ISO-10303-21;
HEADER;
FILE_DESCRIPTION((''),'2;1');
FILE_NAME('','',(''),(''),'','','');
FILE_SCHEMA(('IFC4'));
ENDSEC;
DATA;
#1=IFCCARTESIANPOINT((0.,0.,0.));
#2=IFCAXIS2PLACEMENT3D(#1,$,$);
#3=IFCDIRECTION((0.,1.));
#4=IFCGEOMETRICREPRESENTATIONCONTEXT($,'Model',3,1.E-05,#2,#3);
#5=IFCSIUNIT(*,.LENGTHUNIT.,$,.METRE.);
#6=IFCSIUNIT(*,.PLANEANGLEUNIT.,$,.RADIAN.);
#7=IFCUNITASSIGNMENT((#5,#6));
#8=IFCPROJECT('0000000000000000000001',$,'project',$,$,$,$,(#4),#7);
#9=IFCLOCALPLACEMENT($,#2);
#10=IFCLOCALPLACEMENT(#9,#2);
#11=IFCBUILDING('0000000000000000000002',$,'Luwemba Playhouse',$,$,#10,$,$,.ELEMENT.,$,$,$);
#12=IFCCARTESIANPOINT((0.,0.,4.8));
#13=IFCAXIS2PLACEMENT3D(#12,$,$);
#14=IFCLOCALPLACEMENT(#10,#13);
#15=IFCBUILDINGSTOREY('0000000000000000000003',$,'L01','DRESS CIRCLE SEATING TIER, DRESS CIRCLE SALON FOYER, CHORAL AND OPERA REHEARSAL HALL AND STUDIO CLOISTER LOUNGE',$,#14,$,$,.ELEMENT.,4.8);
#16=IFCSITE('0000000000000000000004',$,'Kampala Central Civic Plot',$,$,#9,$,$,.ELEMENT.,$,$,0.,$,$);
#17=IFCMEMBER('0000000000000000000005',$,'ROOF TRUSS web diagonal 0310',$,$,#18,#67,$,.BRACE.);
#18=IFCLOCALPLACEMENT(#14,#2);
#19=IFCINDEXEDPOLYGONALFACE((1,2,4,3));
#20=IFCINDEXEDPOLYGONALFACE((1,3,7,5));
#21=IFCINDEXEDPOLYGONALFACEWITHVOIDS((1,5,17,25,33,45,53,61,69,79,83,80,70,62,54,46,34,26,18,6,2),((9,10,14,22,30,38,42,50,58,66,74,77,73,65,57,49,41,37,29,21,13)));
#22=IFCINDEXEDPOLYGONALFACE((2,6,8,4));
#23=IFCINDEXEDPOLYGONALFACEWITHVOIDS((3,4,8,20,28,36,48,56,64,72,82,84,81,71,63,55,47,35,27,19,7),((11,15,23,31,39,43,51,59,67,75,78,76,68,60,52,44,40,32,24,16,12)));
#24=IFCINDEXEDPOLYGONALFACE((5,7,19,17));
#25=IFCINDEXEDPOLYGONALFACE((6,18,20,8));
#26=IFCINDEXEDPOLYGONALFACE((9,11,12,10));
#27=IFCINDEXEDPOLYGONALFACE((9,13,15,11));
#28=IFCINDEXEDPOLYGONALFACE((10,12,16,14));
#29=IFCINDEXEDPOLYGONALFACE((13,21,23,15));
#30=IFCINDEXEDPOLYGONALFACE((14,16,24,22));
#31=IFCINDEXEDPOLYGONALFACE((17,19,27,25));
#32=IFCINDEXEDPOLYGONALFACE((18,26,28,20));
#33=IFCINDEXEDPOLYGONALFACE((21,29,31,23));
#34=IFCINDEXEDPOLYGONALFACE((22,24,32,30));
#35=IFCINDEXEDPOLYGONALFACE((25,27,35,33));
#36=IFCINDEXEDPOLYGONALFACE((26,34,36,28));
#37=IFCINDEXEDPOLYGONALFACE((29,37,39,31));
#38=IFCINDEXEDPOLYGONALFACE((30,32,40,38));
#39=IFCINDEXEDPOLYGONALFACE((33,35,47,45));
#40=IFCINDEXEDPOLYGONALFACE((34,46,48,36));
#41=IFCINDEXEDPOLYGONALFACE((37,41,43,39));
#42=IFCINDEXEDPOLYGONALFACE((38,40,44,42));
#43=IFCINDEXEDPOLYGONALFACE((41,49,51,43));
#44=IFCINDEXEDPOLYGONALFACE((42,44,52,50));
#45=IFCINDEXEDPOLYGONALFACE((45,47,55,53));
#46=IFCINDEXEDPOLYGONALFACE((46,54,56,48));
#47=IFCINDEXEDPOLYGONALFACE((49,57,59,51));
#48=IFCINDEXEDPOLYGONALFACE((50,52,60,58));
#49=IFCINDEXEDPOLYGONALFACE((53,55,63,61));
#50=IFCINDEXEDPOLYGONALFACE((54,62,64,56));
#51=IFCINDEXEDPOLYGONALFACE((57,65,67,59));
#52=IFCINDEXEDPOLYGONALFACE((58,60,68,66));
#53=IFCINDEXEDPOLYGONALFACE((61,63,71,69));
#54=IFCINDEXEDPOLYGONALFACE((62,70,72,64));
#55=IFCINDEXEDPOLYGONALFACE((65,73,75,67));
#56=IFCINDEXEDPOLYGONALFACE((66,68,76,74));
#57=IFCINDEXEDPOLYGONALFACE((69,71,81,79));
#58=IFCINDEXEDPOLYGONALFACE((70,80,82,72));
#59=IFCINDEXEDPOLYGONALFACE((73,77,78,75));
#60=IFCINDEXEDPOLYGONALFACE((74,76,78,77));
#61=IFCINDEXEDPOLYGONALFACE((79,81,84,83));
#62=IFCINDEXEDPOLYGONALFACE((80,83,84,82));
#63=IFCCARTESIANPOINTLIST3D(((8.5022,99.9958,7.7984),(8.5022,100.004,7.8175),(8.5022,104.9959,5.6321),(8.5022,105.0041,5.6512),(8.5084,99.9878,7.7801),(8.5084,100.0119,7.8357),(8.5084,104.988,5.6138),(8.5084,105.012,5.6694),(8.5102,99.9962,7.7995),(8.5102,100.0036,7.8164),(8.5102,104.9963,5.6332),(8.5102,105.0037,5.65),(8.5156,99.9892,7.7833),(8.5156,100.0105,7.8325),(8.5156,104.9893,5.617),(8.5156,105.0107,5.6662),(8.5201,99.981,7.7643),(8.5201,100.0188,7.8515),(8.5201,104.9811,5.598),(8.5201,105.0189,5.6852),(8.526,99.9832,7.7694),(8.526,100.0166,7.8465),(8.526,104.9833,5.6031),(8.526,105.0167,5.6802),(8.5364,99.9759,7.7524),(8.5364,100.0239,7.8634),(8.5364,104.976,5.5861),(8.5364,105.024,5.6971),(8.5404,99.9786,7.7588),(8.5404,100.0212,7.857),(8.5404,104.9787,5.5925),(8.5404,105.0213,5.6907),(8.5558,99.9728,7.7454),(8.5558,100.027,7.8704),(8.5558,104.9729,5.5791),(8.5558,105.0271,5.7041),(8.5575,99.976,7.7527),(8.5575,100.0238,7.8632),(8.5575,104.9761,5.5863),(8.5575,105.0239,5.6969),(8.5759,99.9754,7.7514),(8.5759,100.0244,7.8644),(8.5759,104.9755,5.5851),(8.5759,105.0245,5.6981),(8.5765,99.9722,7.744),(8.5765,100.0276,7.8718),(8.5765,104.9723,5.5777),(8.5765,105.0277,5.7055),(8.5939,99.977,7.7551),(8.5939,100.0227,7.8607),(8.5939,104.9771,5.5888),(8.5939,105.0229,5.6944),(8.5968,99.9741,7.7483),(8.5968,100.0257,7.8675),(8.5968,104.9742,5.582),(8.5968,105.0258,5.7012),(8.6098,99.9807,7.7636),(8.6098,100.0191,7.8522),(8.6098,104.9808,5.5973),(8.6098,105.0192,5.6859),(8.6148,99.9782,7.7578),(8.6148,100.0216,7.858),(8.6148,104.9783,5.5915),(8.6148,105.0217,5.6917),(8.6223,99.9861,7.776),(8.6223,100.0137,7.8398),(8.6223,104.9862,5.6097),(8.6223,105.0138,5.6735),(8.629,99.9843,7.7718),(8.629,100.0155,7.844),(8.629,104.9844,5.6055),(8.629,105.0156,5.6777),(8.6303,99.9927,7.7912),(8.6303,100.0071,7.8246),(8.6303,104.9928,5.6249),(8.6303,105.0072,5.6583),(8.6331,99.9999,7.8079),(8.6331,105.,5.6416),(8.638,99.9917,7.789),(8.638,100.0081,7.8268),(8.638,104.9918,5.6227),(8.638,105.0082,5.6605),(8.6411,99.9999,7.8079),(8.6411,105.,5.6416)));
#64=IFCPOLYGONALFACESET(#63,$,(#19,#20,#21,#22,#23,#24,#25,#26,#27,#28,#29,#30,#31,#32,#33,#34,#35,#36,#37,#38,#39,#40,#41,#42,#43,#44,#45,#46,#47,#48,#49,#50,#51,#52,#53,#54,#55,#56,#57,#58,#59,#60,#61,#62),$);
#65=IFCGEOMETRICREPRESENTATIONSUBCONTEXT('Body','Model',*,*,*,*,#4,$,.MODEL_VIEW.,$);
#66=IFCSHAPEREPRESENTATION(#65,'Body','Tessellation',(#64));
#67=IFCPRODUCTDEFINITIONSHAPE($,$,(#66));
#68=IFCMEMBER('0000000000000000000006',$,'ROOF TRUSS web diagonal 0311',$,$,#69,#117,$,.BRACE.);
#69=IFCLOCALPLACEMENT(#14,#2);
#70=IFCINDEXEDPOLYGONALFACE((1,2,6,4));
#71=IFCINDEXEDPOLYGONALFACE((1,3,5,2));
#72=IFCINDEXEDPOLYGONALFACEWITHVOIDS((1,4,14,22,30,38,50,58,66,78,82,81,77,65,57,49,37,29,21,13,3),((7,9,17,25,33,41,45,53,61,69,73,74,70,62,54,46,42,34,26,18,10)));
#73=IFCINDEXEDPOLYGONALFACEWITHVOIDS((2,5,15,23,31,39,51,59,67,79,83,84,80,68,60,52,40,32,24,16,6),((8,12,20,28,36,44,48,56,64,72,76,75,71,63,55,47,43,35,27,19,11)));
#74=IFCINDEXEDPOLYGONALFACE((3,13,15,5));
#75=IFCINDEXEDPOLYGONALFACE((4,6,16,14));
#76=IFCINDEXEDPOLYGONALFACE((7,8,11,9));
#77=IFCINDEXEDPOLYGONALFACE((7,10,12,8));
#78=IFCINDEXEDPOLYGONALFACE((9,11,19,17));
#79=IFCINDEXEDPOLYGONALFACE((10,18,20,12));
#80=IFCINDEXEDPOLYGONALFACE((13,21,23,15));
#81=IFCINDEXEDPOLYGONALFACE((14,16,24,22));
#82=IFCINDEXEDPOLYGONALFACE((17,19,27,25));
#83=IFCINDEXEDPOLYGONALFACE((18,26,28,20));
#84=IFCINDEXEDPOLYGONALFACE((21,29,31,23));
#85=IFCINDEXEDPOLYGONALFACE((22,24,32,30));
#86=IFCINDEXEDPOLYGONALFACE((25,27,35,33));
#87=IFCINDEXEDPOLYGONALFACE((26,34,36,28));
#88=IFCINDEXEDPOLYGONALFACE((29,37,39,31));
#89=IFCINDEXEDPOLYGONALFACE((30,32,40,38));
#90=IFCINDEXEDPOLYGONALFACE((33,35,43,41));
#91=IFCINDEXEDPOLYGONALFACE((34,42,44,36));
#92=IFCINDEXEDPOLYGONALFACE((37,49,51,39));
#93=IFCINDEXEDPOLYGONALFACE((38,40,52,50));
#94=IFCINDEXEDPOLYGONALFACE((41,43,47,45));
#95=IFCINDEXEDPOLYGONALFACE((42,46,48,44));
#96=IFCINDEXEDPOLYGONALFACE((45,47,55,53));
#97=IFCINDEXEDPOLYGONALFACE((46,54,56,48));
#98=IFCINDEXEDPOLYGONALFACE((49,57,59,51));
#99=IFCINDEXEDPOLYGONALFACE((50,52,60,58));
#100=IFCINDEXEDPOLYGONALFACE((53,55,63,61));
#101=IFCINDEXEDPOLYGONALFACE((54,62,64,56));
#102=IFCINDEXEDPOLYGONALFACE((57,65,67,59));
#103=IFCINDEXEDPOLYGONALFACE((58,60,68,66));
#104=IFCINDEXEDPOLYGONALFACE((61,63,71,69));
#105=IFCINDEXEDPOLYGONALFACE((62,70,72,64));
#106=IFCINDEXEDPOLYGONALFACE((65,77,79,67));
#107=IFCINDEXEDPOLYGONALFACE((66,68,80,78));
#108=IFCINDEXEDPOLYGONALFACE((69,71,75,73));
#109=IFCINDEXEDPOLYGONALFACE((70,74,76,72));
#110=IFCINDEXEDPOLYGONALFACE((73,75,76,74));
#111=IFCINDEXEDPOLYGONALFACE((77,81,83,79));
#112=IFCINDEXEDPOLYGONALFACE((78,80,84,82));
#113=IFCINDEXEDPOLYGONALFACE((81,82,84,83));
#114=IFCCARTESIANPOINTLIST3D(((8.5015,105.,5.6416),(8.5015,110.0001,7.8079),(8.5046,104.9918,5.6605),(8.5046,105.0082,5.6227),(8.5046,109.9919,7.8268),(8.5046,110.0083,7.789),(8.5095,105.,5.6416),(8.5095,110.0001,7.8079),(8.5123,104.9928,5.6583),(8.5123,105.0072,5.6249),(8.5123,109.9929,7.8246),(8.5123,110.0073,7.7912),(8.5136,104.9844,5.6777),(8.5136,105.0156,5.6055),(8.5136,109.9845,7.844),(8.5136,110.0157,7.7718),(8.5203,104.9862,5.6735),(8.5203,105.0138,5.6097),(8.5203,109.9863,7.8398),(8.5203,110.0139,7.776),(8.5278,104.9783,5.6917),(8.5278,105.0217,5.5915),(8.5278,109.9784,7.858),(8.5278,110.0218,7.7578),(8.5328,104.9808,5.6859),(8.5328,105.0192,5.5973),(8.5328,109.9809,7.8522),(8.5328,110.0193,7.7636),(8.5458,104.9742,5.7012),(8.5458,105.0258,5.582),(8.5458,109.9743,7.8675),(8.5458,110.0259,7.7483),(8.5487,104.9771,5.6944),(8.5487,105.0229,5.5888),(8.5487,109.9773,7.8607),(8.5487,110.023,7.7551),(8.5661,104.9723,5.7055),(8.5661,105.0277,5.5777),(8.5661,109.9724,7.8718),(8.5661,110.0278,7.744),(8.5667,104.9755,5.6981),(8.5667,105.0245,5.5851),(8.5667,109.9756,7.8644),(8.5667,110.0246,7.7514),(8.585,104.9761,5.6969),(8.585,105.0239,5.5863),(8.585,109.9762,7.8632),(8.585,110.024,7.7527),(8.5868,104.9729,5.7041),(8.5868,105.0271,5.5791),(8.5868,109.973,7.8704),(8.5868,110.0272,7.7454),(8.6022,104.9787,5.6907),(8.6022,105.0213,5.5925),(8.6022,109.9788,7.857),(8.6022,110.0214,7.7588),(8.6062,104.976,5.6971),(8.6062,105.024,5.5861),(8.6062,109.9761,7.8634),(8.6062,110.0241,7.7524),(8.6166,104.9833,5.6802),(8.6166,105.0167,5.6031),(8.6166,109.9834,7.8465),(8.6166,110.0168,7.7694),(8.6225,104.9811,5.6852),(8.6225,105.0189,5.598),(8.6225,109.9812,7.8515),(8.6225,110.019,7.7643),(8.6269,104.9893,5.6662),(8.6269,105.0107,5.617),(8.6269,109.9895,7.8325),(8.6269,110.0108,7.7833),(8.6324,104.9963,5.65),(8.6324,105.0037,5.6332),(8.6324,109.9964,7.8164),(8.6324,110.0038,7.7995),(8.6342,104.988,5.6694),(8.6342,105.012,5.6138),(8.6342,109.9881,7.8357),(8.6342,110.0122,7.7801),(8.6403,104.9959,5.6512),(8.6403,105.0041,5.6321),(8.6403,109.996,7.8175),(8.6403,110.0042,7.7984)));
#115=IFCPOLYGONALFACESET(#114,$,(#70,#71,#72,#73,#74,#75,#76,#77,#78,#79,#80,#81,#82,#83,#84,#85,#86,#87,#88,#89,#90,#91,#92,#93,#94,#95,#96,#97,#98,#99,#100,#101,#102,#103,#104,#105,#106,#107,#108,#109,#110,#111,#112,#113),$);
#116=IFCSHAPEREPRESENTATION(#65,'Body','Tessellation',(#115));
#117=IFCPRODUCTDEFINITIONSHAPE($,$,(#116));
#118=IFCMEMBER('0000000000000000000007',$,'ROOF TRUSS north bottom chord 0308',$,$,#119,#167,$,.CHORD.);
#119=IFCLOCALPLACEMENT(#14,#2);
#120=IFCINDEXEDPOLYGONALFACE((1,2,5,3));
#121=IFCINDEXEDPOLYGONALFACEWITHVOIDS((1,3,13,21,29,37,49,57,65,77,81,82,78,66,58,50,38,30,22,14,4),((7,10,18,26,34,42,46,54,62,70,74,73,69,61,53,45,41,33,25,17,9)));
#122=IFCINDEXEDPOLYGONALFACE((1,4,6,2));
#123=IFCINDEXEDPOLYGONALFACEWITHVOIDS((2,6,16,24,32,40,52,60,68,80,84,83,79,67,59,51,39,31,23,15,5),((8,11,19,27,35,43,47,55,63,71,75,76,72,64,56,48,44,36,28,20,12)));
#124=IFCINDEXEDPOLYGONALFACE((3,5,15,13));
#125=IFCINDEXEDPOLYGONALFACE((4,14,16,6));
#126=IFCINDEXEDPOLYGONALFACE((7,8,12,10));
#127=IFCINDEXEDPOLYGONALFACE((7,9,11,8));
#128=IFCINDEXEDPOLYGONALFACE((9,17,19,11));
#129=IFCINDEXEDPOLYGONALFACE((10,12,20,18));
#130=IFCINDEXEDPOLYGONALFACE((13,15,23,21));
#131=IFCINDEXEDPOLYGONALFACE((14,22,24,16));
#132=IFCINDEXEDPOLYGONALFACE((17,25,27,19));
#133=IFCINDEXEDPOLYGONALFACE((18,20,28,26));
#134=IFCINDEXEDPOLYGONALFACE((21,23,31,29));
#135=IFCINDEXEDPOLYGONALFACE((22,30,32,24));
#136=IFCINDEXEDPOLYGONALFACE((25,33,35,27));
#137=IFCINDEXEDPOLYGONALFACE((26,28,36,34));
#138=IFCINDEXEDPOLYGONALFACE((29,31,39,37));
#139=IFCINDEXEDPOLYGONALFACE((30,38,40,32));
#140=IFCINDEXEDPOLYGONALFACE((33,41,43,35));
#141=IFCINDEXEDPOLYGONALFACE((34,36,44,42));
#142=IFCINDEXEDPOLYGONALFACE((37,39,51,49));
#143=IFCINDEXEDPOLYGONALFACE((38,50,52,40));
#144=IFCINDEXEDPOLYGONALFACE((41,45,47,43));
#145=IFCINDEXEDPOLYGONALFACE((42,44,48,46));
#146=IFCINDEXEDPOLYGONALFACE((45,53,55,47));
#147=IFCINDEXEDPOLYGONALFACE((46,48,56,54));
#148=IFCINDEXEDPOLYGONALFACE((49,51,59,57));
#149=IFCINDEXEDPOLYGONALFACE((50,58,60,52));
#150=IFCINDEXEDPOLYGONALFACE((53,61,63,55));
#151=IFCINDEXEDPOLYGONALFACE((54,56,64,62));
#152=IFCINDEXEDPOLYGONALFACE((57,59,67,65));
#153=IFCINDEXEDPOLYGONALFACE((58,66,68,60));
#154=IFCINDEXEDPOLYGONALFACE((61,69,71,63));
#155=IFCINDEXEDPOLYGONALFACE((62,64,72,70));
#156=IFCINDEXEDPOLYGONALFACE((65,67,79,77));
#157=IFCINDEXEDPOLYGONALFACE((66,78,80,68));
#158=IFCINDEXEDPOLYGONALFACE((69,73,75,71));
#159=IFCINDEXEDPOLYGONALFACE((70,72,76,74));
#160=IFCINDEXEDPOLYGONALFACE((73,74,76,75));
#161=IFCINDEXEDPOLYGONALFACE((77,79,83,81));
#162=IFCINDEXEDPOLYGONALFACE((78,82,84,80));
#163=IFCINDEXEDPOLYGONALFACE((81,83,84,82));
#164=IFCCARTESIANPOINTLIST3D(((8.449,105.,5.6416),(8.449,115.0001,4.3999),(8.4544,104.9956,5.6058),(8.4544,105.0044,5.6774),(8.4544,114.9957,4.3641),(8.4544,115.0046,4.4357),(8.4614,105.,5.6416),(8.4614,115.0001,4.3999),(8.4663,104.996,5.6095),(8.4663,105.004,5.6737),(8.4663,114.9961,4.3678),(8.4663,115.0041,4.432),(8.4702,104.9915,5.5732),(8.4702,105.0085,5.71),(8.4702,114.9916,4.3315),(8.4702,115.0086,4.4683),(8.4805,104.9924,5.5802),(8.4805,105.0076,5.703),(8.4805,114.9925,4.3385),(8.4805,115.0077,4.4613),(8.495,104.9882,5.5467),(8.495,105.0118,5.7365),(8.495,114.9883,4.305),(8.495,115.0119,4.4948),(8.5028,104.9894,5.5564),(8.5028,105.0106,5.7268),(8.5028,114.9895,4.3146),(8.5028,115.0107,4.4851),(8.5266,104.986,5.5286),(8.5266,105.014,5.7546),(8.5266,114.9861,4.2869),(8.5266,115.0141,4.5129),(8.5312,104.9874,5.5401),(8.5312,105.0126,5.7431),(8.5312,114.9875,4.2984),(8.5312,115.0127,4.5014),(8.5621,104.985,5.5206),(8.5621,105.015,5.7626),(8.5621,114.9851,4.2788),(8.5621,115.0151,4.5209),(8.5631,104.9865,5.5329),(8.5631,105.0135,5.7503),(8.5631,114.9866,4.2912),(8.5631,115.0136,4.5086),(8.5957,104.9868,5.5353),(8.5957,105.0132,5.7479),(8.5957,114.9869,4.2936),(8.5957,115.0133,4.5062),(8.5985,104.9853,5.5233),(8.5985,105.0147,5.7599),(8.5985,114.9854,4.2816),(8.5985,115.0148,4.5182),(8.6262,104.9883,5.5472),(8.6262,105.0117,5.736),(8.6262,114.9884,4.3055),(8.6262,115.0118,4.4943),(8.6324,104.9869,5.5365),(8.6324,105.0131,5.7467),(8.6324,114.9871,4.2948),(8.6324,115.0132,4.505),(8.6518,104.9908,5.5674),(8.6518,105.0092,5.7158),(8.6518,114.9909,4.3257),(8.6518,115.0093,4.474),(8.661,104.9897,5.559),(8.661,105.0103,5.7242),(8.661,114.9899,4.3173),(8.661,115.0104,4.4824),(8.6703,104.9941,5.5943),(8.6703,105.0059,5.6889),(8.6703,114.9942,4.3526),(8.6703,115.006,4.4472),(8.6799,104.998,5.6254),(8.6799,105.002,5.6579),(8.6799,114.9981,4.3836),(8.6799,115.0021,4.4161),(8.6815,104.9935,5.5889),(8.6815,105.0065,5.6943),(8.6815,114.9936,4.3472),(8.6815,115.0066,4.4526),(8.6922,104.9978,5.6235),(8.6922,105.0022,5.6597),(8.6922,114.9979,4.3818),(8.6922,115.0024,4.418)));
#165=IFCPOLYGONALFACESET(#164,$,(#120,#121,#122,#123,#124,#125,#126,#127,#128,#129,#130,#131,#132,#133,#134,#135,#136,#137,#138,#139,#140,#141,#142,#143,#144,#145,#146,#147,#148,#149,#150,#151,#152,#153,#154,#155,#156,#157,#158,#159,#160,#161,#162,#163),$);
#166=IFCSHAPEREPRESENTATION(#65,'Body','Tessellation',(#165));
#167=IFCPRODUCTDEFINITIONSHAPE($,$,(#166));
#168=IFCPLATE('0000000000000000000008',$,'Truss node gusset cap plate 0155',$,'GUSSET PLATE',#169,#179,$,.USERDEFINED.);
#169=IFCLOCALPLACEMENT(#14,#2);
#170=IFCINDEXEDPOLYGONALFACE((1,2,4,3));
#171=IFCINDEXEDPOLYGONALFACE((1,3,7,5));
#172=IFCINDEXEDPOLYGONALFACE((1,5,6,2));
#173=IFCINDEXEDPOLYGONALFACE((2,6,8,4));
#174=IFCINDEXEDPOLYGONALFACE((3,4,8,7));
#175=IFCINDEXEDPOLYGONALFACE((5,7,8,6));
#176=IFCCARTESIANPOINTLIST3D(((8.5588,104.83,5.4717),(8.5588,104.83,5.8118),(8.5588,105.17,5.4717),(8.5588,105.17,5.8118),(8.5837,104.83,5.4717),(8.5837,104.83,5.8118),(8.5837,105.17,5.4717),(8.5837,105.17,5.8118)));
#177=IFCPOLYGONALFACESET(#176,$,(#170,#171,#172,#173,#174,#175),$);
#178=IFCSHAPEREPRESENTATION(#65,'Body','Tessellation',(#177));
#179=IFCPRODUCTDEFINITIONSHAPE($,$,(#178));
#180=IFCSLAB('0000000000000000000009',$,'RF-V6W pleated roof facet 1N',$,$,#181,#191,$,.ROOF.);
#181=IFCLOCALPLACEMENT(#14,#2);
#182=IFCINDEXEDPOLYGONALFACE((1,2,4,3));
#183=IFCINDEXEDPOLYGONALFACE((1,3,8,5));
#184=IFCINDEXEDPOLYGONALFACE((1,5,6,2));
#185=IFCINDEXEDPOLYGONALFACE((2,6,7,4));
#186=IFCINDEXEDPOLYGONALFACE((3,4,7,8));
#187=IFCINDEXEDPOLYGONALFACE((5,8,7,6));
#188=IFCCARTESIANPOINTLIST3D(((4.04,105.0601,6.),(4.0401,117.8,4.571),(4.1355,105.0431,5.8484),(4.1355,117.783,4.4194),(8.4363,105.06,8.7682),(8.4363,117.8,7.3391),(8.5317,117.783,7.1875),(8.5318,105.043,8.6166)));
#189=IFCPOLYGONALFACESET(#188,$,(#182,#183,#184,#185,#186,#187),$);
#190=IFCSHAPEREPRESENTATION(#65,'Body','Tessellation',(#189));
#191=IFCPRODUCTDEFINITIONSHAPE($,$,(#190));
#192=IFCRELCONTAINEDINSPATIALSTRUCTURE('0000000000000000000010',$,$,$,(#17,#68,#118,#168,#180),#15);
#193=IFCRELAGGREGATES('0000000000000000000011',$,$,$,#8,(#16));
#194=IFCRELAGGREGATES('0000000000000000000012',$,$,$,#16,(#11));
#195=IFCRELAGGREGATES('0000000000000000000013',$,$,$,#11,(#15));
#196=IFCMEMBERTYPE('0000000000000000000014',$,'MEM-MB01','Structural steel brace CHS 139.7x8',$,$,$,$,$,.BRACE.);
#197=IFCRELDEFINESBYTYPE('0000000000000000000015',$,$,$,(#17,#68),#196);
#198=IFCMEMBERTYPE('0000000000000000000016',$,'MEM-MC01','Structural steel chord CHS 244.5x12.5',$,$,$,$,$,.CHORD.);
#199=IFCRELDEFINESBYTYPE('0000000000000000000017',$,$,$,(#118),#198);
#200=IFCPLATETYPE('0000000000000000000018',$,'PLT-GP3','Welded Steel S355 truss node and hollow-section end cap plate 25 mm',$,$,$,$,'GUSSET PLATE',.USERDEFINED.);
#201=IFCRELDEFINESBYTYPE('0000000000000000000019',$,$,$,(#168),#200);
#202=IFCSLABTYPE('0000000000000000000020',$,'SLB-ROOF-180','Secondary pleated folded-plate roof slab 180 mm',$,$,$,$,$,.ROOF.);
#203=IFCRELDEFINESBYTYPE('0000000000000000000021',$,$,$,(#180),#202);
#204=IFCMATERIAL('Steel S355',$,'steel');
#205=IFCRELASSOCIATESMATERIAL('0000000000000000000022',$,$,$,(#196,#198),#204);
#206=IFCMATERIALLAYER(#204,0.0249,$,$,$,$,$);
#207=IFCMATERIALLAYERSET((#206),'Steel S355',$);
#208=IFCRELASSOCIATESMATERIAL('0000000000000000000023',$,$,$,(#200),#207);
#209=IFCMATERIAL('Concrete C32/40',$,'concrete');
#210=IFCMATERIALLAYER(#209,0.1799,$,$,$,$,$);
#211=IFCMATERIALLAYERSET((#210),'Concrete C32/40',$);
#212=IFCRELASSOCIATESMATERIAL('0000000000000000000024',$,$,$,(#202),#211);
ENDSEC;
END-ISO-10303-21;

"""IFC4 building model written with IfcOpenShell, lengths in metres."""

from ifc_helpers import new_model, si_unit, direction, frame, origin, origin_2d, place, context, subcontext, project, spatial, polyline, rectangle, hollow_circle, outline, extrude, material, layer, layer_set, material_profile, profile_set, type_object, element, save


model = new_model("IFC4")

# Units and contexts
model_context = context("Model", 3, precision=1e-05, world=origin(), true_north=direction((0.0, 1.0)))
body_context = subcontext(model_context, "Body", "Model", "MODEL_VIEW")
ifc_project = project(units=[si_unit("LENGTHUNIT", "METRE"), si_unit("PLANEANGLEUNIT", "RADIAN")], contexts=[model_context])

# Site, building, storey
site_placement = place(None, origin())
site = spatial("IfcSite", under=ifc_project, at=site_placement, Name="Kampala Central Civic Plot", CompositionType="ELEMENT", RefElevation=0.0)
building_placement = place(site_placement, origin())
building = spatial("IfcBuilding", under=site, at=building_placement, Name="Luwemba Playhouse", CompositionType="ELEMENT")
storey_placement = place(building_placement, frame((0.0, 0.0, 4.8)))
storey = spatial("IfcBuildingStorey", under=building, at=storey_placement, Name="L01", Description="DRESS CIRCLE SEATING TIER, DRESS CIRCLE SALON FOYER, CHORAL AND OPERA REHEARSAL HALL AND STUDIO CLOISTER LOUNGE", CompositionType="ELEMENT", Elevation=4.8)

# Shared definitions
ifc_material_1 = material(Name="Steel S355", Category="steel")

# Members
ifc_material_profile_1 = material_profile(ifc_material_1, hollow_circle(Radius=0.0698, WallThickness=0.0081, at=origin_2d()))
ifc_profile_set_1 = profile_set([ifc_material_profile_1], Name="Steel S355")
member_type_1 = type_object("IfcMemberType", Name="MEM-MB01", Description="Structural steel brace CHS 139.7x8", PredefinedType="BRACE", material=ifc_profile_set_1)
for number, where, z_axis, x_axis, name in (
    (1, (8.5713, 105.0, 5.6416), (0.0, -0.917583, 0.397545), (1.0, 0.0, 0.0), "ROOF TRUSS web diagonal 0310"),
    (2, (8.5713, 105.0, 5.6416), (0.0, 0.917583, 0.397545), (-1.0, 0.0, 0.0), "ROOF TRUSS web diagonal 0311"),
):
    element("IfcMember", number, at=place(storey_placement, frame(where, z_axis=z_axis, x_axis=x_axis)), inside=storey, type_object=member_type_1, Name=name, PredefinedType="BRACE", context=body_context, shape_type="SweptSolid", body=[
        extrude(hollow_circle(Radius=0.0698, WallThickness=0.0081, at=origin_2d()), origin(), (0.0, 0.0, 1.0), 5.4492),
    ])
ifc_material_profile_2 = material_profile(ifc_material_1, hollow_circle(Radius=0.1223, WallThickness=0.0125, at=origin_2d()))
ifc_profile_set_2 = profile_set([ifc_material_profile_2], Name="Steel S355")
member_type_2 = type_object("IfcMemberType", Name="MEM-MC01", Description="Structural steel chord CHS 244.5x12.5", PredefinedType="CHORD", material=ifc_profile_set_2)
member_placement = place(storey_placement, frame((8.5713, 105.0, 5.6416), z_axis=(0.0, 0.992379, -0.123224), x_axis=(-1.0, 0.0, 0.0)))
element("IfcMember", 3, at=member_placement, inside=storey, type_object=member_type_2, Name="ROOF TRUSS north bottom chord 0308", PredefinedType="CHORD", context=body_context, shape_type="SweptSolid", body=[
    extrude(hollow_circle(Radius=0.1223, WallThickness=0.0125, at=origin_2d()), origin(), (0.0, 0.0, 1.0), 10.0769),
])

# Plate
ifc_layer_1 = layer(ifc_material_1, 0.0249)
ifc_layer_set_1 = layer_set([ifc_layer_1], Name="Steel S355")
plate_type = type_object("IfcPlateType", Name="PLT-GP3", Description="Welded Steel S355 truss node and hollow-section end cap plate 25 mm", ElementType="GUSSET PLATE", PredefinedType="USERDEFINED", material=ifc_layer_set_1)
plate_placement = place(storey_placement, frame((8.5713, 105.0, 5.4717), z_axis=(0.0, 0.0, 1.0), x_axis=(1.0, 0.0, 0.0)))
element("IfcPlate", 4, at=plate_placement, inside=storey, type_object=plate_type, Name="Truss node gusset cap plate 0155", ObjectType="GUSSET PLATE", PredefinedType="USERDEFINED", context=body_context, shape_type="SweptSolid", body=[
    extrude(rectangle(XDim=0.0249, YDim=0.3401, at=origin_2d()), origin(), (0.0, 0.0, 1.0), 0.3401),
])

# Slab
ifc_material_2 = material(Name="Concrete C32/40", Category="concrete")
ifc_layer_2 = layer(ifc_material_2, 0.1799)
ifc_layer_set_2 = layer_set([ifc_layer_2], Name="Concrete C32/40")
slab_type = type_object("IfcSlabType", Name="SLB-ROOF-180", Description="Secondary pleated folded-plate roof slab 180 mm", PredefinedType="ROOF", material=ifc_layer_set_2)
slab_1_placement = place(storey_placement, frame((4.04, 105.0601, 6.0), z_axis=(-0.530454, 0.094498, 0.84243), x_axis=(0.846217, -0.000002, 0.532839)))
element("IfcSlab", 5, at=slab_1_placement, inside=storey, type_object=slab_type, Name="RF-V6W pleated roof facet 1N", PredefinedType="ROOF", context=body_context, shape_type="SweptSolid", body=[
    extrude(outline(polyline([(0.0, 0.0), (5.1952, 0.0), (4.4337, 12.7973), (-0.7614, 12.7972), (0.0, 0.0)])), origin(), (0.0, 0.0, -1.0), 0.1799),
])

save(model, "model.ifc")
